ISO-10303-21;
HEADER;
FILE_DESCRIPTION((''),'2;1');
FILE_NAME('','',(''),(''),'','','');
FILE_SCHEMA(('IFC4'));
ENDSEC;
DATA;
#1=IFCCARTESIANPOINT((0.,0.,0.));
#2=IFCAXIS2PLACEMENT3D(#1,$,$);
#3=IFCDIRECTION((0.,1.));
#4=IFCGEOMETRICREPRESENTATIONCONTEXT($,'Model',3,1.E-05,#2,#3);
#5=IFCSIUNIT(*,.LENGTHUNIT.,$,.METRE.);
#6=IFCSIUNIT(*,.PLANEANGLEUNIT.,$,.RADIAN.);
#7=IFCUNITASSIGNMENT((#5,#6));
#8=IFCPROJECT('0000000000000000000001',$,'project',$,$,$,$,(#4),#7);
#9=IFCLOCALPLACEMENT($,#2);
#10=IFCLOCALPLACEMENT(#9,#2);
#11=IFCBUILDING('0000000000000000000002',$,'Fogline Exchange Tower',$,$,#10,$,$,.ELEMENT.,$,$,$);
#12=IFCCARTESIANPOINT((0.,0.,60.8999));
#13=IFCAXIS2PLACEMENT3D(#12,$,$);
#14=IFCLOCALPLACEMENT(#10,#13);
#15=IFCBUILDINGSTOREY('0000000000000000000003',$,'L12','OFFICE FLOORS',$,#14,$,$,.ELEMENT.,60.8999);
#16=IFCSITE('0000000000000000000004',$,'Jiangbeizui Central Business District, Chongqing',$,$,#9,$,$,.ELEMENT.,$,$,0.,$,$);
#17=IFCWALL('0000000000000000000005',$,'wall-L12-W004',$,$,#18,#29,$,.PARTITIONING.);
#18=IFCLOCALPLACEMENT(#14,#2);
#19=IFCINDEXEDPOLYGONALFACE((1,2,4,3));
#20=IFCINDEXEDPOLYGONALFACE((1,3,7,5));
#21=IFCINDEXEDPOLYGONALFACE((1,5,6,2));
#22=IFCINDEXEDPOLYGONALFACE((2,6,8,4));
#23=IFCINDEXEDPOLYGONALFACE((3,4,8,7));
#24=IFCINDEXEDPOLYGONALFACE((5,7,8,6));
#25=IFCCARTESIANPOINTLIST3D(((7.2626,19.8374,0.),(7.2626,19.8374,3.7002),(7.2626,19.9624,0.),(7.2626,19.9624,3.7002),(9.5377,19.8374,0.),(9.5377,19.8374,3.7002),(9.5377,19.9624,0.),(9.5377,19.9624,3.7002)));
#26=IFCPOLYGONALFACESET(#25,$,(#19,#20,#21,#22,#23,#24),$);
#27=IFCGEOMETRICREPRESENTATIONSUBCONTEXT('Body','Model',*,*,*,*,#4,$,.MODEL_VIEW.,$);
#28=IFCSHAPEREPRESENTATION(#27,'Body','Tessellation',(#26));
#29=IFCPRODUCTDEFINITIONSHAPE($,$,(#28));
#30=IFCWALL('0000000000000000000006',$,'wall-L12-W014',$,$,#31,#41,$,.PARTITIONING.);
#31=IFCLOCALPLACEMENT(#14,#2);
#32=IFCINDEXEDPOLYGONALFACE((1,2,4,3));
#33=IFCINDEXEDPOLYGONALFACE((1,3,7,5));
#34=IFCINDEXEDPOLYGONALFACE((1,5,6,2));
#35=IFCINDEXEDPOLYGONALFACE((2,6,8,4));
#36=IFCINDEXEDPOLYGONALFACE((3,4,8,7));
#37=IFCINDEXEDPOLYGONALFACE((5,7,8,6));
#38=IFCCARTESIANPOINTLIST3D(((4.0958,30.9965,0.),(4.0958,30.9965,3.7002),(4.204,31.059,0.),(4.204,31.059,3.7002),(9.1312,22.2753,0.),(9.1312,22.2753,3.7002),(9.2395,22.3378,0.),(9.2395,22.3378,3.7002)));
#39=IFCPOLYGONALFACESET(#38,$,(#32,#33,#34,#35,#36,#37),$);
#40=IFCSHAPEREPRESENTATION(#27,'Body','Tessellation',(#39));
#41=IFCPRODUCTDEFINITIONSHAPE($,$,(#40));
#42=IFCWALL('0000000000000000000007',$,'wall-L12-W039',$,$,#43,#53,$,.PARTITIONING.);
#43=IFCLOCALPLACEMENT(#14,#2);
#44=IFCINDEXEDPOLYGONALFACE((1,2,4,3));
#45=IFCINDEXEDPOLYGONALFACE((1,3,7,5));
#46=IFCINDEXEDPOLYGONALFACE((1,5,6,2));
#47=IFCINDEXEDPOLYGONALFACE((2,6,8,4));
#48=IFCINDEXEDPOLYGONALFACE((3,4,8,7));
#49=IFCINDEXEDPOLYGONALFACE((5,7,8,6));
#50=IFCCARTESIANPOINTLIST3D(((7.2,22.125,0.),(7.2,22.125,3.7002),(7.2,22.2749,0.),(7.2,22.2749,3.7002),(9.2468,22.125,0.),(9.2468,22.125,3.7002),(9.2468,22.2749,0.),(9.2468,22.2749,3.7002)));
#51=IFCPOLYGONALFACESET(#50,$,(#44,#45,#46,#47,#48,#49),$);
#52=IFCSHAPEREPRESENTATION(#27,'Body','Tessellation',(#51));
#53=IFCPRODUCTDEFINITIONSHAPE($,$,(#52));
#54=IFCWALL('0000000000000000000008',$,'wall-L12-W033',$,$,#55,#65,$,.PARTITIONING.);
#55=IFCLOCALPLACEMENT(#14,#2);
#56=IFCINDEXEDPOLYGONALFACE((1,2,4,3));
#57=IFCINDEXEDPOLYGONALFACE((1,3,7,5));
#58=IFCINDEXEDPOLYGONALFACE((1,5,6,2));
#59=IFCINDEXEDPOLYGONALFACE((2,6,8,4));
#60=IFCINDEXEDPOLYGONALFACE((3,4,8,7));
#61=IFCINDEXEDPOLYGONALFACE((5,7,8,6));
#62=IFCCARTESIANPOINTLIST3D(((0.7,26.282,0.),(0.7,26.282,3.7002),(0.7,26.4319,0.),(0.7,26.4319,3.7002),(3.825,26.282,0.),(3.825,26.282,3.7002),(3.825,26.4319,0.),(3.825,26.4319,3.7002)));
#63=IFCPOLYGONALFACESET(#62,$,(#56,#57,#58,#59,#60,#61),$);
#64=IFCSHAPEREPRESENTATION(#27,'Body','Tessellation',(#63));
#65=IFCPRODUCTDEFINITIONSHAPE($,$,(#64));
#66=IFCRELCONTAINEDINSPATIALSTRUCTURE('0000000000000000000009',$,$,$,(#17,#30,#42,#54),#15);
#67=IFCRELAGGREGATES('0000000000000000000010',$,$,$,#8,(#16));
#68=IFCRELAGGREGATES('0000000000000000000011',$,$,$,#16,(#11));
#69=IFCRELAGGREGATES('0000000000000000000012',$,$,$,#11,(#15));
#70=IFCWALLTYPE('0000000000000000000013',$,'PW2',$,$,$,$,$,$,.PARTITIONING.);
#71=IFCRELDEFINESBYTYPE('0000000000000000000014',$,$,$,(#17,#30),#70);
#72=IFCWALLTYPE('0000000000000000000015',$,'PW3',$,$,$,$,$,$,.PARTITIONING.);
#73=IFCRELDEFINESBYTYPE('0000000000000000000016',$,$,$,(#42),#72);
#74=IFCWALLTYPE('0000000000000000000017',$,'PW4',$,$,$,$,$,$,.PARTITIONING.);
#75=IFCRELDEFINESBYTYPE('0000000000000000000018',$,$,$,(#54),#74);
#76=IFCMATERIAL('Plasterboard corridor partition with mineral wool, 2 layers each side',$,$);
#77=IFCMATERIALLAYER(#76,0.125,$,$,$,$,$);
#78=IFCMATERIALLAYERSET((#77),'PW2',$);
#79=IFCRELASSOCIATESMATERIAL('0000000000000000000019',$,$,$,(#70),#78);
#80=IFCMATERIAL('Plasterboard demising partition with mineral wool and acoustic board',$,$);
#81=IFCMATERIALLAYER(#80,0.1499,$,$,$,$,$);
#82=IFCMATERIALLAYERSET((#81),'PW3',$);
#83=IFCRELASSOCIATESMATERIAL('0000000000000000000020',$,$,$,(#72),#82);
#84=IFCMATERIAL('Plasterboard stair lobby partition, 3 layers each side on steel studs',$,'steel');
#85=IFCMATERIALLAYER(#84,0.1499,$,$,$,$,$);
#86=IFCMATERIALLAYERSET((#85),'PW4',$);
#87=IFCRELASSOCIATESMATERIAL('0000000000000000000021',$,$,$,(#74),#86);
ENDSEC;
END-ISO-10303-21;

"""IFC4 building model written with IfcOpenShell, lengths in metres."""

from ifc_helpers import new_model, si_unit, direction, frame, frame_2d, origin, place, context, subcontext, project, spatial, rectangle, extrude, material, layer, layer_set, type_object, element, save


model = new_model("IFC4")

# Units and contexts
model_context = context("Model", 3, precision=1e-05, world=origin(), true_north=direction((0.0, 1.0)))
body_context = subcontext(model_context, "Body", "Model", "MODEL_VIEW")
ifc_project = project(units=[si_unit("LENGTHUNIT", "METRE"), si_unit("PLANEANGLEUNIT", "RADIAN")], contexts=[model_context])

# Site, building, storey
site_placement = place(None, origin())
site = spatial("IfcSite", under=ifc_project, at=site_placement, Name="Jiangbeizui Central Business District, Chongqing", CompositionType="ELEMENT", RefElevation=0.0)
building_placement = place(site_placement, origin())
building = spatial("IfcBuilding", under=site, at=building_placement, Name="Fogline Exchange Tower", CompositionType="ELEMENT")
storey_placement = place(building_placement, frame((0.0, 0.0, 60.8999)))
storey = spatial("IfcBuildingStorey", under=building, at=storey_placement, Name="L12", Description="OFFICE FLOORS", CompositionType="ELEMENT", Elevation=60.8999)

# Shared definitions
ifc_material_1 = material(Name="Plasterboard corridor partition with mineral wool, 2 layers each side")
ifc_layer_1 = layer(ifc_material_1, 0.125)
ifc_layer_set_1 = layer_set([ifc_layer_1], Name="PW2")
wall_type_1 = type_object("IfcWallType", Name="PW2", PredefinedType="PARTITIONING", material=ifc_layer_set_1)

# Walls
wall_1_placement = place(storey_placement, frame((7.2625, 19.8999, 0.0), z_axis=(0.0, 0.0, 1.0), x_axis=(1.0, 0.0, 0.0)))
element("IfcWall", 1, at=wall_1_placement, inside=storey, type_object=wall_type_1, Name="wall-L12-W004", PredefinedType="PARTITIONING", context=body_context, shape_type="SweptSolid", body=[
    extrude(rectangle(XDim=2.2751, YDim=0.125, at=frame_2d((1.1377, 0.0))), origin(), (0.0, 0.0, 1.0), 3.7002),
])
wall_2_placement = place(storey_placement, frame((9.1853, 22.3066, 0.0), z_axis=(0.0, 0.0, 1.0), x_axis=(-0.500016, 0.866016, 0.0)))
element("IfcWall", 2, at=wall_2_placement, inside=storey, type_object=wall_type_1, Name="wall-L12-W014", PredefinedType="PARTITIONING", context=body_context, shape_type="SweptSolid", body=[
    extrude(rectangle(XDim=10.0706, YDim=0.125, at=frame_2d((5.0352, 0.0))), origin(), (0.0, 0.0, 1.0), 3.7002),
])
ifc_material_2 = material(Name="Plasterboard demising partition with mineral wool and acoustic board")
ifc_layer_2 = layer(ifc_material_2, 0.1499)
ifc_layer_set_2 = layer_set([ifc_layer_2], Name="PW3")
wall_type_2 = type_object("IfcWallType", Name="PW3", PredefinedType="PARTITIONING", material=ifc_layer_set_2)
wall_3_placement = place(storey_placement, frame((7.2, 22.2, 0.0), z_axis=(0.0, 0.0, 1.0), x_axis=(1.0, 0.0, 0.0)))
element("IfcWall", 3, at=wall_3_placement, inside=storey, type_object=wall_type_2, Name="wall-L12-W039", PredefinedType="PARTITIONING", context=body_context, shape_type="SweptSolid", body=[
    extrude(rectangle(XDim=2.0469, YDim=0.1499, at=frame_2d((1.0234, 0.0))), origin(), (0.0, 0.0, 1.0), 3.7002),
])
ifc_material_3 = material(Name="Plasterboard stair lobby partition, 3 layers each side on steel studs", Category="steel")
ifc_layer_3 = layer(ifc_material_3, 0.1499)
ifc_layer_set_3 = layer_set([ifc_layer_3], Name="PW4")
wall_type_3 = type_object("IfcWallType", Name="PW4", PredefinedType="PARTITIONING", material=ifc_layer_set_3)
wall_4_placement = place(storey_placement, frame((3.825, 26.3569, 0.0), z_axis=(0.0, 0.0, 1.0), x_axis=(-1.0, 0.0, 0.0)))
element("IfcWall", 4, at=wall_4_placement, inside=storey, type_object=wall_type_3, Name="wall-L12-W033", PredefinedType="PARTITIONING", context=body_context, shape_type="SweptSolid", body=[
    extrude(rectangle(XDim=3.125, YDim=0.1499, at=frame_2d((1.5625, 0.0))), origin(), (0.0, 0.0, 1.0), 3.7002),
])

save(model, "model.ifc")
